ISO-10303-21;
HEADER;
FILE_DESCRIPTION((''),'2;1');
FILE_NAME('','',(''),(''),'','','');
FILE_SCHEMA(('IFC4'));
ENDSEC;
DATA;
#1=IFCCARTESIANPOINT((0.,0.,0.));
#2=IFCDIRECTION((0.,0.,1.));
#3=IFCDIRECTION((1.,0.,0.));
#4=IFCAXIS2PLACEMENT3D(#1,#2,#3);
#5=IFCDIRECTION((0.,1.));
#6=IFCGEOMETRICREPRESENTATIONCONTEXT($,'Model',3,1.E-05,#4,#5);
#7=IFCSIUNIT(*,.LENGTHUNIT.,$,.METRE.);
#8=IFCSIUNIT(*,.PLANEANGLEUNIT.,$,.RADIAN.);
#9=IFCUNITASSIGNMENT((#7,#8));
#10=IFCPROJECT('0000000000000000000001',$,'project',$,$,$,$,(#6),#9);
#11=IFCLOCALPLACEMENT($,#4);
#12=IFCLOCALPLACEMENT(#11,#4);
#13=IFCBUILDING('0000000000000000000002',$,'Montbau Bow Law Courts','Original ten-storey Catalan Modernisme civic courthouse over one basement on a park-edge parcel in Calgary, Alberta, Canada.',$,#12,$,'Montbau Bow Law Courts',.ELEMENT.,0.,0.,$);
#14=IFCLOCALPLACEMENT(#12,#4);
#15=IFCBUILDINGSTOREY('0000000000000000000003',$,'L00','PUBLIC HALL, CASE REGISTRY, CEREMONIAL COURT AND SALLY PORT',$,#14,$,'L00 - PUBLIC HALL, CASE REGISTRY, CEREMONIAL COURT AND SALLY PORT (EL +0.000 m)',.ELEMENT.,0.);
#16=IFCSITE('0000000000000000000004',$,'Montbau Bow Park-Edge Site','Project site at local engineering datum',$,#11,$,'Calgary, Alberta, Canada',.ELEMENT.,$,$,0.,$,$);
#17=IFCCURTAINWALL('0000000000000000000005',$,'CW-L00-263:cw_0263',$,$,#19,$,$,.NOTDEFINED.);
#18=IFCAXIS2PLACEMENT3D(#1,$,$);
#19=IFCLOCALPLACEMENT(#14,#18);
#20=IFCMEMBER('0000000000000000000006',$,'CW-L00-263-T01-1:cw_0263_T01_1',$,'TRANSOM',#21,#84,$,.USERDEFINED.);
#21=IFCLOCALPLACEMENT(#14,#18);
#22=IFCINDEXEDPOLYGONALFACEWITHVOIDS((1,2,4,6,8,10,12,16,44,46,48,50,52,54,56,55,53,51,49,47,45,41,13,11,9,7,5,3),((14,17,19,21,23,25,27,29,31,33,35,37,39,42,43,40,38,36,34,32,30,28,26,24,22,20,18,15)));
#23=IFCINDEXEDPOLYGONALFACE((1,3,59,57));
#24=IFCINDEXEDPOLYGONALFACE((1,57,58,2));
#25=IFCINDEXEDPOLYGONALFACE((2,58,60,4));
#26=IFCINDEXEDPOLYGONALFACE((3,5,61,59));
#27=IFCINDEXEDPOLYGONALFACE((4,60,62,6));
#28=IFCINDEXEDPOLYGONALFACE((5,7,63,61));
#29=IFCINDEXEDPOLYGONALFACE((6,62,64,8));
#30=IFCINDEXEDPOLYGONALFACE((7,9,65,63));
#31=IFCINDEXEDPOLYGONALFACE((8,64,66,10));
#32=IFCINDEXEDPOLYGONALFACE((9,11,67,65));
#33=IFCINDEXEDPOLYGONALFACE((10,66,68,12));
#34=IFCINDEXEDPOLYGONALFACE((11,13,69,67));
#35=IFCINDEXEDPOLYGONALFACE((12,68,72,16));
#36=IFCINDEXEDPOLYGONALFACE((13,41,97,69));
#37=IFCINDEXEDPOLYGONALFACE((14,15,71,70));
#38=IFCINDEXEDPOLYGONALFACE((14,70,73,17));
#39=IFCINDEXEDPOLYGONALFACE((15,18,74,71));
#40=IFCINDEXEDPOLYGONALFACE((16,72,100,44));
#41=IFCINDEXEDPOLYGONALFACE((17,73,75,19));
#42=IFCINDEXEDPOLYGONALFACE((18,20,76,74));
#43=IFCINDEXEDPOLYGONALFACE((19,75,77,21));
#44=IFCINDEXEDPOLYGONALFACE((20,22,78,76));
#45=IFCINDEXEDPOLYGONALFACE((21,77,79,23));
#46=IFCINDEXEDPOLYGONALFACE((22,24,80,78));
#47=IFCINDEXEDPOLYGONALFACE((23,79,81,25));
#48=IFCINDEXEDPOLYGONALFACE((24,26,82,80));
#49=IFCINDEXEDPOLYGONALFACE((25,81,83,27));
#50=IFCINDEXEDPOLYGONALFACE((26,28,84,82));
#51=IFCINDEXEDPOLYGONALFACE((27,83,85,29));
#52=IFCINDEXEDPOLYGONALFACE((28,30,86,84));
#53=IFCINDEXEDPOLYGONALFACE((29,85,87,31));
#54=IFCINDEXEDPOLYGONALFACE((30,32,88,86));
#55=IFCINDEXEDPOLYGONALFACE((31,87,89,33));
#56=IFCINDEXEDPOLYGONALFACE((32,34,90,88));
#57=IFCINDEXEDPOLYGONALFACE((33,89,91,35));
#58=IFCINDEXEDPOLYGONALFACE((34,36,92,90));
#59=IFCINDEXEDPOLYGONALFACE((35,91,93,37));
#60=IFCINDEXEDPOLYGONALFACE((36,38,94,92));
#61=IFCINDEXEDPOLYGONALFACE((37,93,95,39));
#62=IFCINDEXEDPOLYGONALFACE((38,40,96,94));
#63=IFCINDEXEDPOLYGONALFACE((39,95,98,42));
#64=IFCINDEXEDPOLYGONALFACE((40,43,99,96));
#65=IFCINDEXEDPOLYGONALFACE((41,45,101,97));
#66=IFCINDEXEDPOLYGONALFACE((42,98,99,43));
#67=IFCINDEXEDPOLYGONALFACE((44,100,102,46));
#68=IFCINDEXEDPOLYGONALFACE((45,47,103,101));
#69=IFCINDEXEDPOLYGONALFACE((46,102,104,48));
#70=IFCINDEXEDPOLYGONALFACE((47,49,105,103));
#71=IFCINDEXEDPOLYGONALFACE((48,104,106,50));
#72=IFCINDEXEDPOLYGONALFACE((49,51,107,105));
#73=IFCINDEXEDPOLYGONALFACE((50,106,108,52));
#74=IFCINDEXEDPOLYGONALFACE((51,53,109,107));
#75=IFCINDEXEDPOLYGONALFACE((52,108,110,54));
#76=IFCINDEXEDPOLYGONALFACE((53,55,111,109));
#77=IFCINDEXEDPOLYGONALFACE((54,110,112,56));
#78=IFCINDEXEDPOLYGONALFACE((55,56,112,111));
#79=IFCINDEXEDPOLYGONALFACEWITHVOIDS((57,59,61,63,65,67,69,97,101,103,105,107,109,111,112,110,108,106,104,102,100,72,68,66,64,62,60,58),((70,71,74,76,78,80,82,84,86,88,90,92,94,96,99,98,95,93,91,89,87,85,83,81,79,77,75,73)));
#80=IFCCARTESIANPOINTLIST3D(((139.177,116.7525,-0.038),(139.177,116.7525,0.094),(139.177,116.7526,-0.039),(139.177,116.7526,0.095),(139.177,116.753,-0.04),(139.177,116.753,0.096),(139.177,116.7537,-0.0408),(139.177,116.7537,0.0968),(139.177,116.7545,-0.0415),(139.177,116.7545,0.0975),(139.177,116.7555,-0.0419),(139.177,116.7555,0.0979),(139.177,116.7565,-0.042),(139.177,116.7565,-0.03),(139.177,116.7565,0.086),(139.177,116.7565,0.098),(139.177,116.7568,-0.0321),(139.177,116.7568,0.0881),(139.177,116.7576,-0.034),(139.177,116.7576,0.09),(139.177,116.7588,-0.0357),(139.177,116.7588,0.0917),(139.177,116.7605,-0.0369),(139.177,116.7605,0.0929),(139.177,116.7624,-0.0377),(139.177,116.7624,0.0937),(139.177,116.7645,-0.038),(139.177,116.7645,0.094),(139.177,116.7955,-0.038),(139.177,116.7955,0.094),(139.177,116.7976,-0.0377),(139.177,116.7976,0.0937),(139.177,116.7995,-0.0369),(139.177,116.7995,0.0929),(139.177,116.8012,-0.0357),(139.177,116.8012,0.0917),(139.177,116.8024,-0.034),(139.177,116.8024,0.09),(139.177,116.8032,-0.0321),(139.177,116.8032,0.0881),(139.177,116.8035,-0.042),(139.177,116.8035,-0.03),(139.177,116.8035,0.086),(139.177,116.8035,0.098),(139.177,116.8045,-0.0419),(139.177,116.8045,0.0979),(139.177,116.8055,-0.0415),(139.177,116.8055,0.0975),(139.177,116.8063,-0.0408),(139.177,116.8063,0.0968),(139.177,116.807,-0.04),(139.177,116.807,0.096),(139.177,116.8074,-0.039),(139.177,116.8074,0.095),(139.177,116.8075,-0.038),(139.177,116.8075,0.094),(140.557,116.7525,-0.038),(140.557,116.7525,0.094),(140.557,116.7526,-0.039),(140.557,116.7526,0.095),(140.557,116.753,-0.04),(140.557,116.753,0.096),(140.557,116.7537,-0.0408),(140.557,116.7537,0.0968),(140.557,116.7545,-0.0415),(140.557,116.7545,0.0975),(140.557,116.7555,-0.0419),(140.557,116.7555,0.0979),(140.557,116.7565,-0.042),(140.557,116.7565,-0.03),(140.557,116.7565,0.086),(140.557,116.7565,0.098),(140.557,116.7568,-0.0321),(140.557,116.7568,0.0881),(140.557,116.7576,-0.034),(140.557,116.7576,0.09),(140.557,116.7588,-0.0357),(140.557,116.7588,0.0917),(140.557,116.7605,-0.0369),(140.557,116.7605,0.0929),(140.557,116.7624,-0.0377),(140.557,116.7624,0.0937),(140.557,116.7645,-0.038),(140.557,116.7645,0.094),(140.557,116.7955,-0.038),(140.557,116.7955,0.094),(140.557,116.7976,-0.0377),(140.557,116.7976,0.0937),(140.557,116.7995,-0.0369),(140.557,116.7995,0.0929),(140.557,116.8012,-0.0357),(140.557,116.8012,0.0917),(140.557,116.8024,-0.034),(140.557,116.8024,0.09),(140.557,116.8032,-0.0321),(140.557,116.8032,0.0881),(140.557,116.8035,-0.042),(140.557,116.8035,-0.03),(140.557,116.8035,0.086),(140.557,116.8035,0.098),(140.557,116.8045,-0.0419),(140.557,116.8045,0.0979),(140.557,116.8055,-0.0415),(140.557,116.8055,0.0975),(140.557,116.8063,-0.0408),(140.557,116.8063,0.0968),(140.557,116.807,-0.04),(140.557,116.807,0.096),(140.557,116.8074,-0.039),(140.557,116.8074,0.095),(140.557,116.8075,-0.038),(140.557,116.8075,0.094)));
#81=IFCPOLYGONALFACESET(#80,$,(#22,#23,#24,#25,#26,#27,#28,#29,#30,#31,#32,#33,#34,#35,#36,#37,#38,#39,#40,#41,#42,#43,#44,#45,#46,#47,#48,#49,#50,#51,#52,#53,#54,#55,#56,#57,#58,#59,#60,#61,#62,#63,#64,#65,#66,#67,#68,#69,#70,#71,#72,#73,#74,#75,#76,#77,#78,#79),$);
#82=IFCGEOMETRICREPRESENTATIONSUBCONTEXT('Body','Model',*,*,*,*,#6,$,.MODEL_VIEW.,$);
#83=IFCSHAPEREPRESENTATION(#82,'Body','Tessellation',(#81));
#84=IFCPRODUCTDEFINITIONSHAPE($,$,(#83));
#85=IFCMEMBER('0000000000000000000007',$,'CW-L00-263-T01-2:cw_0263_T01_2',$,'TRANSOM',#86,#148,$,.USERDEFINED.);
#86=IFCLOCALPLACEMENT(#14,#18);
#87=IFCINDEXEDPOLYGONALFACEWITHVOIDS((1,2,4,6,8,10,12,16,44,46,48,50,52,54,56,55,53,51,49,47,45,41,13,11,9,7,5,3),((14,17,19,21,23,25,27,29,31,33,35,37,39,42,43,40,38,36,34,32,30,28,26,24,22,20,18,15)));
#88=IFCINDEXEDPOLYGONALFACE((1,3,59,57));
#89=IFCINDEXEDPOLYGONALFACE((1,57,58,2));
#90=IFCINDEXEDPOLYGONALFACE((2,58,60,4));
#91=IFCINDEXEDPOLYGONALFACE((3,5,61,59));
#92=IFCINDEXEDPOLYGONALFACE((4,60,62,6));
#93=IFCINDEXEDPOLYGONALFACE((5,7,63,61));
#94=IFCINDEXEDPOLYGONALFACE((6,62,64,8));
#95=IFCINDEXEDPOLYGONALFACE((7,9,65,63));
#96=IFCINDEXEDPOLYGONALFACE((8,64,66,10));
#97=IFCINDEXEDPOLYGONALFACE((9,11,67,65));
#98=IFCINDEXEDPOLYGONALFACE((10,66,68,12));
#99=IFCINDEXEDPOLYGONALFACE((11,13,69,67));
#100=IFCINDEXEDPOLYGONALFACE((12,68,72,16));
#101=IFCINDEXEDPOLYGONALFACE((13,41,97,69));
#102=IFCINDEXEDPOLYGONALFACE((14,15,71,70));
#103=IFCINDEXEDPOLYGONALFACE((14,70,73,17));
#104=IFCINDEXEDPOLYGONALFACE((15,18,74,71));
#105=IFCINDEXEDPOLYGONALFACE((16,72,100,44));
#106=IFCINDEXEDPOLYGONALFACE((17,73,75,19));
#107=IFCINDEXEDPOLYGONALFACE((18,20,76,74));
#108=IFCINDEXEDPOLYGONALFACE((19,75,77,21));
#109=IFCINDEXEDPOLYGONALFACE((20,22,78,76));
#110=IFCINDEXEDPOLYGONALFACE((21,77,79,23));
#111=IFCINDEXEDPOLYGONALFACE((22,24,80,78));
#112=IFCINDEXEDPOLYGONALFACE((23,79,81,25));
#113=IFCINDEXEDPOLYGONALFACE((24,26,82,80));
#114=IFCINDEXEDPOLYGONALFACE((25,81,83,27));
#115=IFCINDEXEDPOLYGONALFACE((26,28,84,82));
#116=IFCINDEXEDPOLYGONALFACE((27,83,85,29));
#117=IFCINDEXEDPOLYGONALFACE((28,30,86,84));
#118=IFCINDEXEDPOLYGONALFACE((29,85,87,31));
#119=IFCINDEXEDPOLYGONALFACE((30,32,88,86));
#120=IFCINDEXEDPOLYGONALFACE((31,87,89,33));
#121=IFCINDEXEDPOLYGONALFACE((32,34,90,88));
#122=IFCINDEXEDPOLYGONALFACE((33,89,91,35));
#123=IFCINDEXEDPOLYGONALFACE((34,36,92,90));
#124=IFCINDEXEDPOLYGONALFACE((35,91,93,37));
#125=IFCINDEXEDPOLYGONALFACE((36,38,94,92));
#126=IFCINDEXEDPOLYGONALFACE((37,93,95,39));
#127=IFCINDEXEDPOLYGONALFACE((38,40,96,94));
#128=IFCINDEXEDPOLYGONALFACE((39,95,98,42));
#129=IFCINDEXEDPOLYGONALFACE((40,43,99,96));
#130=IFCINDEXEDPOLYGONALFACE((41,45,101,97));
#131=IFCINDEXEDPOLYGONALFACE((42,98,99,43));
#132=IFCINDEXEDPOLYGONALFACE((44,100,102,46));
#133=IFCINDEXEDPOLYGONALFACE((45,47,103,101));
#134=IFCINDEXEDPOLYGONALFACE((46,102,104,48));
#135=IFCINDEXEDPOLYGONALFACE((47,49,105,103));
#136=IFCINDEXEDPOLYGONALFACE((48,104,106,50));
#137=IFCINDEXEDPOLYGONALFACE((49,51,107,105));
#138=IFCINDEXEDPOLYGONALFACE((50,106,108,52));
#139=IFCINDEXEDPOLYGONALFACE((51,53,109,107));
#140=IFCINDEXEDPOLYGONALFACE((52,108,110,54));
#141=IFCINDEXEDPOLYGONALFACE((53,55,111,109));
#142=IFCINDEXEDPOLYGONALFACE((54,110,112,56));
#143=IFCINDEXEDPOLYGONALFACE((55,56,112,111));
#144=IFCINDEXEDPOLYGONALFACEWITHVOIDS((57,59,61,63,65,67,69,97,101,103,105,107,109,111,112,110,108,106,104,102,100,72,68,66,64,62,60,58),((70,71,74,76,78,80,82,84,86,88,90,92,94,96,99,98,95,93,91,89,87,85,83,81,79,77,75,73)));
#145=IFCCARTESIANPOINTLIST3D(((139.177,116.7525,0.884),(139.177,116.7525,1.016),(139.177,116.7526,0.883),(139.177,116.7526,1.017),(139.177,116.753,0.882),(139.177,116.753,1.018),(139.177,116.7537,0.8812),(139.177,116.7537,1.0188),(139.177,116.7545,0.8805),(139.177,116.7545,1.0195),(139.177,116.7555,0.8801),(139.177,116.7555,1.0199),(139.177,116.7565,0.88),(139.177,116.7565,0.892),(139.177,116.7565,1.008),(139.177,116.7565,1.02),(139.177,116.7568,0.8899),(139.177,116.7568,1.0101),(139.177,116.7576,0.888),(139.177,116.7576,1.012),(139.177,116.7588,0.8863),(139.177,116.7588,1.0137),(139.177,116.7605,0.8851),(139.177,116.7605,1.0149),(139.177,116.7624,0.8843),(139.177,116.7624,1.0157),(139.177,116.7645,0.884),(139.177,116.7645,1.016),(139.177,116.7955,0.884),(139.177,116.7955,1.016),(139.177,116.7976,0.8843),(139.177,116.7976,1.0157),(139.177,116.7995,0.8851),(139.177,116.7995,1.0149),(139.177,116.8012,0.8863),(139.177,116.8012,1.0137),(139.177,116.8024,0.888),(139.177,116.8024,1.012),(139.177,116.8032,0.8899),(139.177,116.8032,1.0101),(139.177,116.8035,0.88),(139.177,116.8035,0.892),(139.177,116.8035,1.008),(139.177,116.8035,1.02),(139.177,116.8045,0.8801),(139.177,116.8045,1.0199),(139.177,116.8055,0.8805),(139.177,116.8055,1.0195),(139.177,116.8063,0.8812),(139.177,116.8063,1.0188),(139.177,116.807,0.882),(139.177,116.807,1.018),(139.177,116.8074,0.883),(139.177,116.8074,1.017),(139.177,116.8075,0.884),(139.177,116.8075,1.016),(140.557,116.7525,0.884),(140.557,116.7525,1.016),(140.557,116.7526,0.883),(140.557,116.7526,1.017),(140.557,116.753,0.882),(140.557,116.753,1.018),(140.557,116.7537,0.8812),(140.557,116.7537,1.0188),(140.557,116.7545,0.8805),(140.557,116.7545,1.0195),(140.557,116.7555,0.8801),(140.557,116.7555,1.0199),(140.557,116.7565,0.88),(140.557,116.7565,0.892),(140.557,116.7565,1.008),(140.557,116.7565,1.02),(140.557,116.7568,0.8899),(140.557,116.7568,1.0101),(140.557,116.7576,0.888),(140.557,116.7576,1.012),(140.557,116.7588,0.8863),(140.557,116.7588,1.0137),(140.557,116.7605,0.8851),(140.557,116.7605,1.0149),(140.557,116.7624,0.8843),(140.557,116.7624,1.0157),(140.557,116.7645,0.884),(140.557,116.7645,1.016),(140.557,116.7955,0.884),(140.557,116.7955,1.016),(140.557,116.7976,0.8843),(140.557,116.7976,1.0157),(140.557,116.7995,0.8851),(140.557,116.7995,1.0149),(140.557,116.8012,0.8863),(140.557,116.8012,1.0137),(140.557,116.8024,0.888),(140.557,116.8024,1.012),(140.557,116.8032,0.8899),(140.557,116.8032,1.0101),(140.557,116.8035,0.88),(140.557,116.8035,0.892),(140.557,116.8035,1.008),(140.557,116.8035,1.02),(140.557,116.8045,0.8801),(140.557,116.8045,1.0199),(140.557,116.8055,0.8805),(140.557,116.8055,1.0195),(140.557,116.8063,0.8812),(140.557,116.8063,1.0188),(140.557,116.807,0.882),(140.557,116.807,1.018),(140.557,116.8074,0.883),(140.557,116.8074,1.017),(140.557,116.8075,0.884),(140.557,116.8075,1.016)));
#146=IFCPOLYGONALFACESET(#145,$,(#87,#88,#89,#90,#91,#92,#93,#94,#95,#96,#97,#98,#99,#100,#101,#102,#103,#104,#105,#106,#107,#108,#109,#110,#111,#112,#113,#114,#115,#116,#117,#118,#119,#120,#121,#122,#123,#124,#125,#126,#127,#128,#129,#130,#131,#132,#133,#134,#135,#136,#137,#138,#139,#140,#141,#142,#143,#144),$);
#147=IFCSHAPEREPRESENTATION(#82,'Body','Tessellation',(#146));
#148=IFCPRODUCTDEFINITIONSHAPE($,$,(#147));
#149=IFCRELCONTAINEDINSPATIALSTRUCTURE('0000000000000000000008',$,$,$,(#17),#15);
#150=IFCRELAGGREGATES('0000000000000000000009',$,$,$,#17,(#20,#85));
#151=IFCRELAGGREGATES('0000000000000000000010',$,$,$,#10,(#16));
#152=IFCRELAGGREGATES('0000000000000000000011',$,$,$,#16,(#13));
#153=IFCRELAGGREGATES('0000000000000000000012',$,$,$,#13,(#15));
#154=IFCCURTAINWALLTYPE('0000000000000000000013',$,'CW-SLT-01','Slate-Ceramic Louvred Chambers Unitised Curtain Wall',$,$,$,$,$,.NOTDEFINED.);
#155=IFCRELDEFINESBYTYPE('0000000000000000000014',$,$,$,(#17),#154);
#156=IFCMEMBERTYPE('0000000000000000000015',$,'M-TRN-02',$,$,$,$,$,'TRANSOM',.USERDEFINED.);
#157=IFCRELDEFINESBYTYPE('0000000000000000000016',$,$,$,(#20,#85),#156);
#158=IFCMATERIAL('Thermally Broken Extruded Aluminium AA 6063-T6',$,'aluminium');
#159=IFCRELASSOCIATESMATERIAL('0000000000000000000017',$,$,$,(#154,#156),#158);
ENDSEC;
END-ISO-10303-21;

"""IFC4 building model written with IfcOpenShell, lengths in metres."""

from ifc_helpers import new_model, si_unit, direction, frame, origin_with_axes, origin_2d_with_axis, place, context, subcontext, project, spatial, hollow_rectangle, extrude, material, material_profile, profile_set, type_object, element, aggregate, save


model = new_model("IFC4")

# Units and contexts
model_context = context("Model", 3, precision=1e-05, world=origin_with_axes(), true_north=direction((0.0, 1.0)))
body_context = subcontext(model_context, "Body", "Model", "MODEL_VIEW")
ifc_project = project(units=[si_unit("LENGTHUNIT", "METRE"), si_unit("PLANEANGLEUNIT", "RADIAN")], contexts=[model_context])

# Site, building, storey
site_placement = place(None, origin_with_axes())
site = spatial("IfcSite", under=ifc_project, at=site_placement, Name="Montbau Bow Park-Edge Site", Description="Project site at local engineering datum", LongName="Calgary, Alberta, Canada", CompositionType="ELEMENT", RefElevation=0.0)
building_placement = place(site_placement, origin_with_axes())
building = spatial("IfcBuilding", under=site, at=building_placement, Name="Montbau Bow Law Courts", Description="Original ten-storey Catalan Modernisme civic courthouse over one basement on a park-edge parcel in Calgary, Alberta, Canada.", LongName="Montbau Bow Law Courts", CompositionType="ELEMENT", ElevationOfRefHeight=0.0, ElevationOfTerrain=0.0)
storey_placement = place(building_placement, origin_with_axes())
storey = spatial("IfcBuildingStorey", under=building, at=storey_placement, Name="L00", Description="PUBLIC HALL, CASE REGISTRY, CEREMONIAL COURT AND SALLY PORT", LongName="L00 - PUBLIC HALL, CASE REGISTRY, CEREMONIAL COURT AND SALLY PORT (EL +0.000 m)", CompositionType="ELEMENT", Elevation=0.0)

# Shared definitions
ifc_material_1 = material(Name="Thermally Broken Extruded Aluminium AA 6063-T6", Category="aluminium")
curtain_wall_type = type_object("IfcCurtainWallType", Name="CW-SLT-01", Description="Slate-Ceramic Louvred Chambers Unitised Curtain Wall", PredefinedType="NOTDEFINED", material=ifc_material_1)

# Curtain wall, members
curtain_wall_1_placement = place(None, frame((139.115, 116.78, 0.0), z_axis=(0.0, 0.0, 1.0), x_axis=(1.0, 0.0, 0.0)))
curtain_wall_1 = element("IfcCurtainWall", 1, at=curtain_wall_1_placement, inside=storey, type_object=curtain_wall_type, Name="CW-L00-263:cw_0263", PredefinedType="NOTDEFINED")
ifc_material_profile_1 = material_profile(ifc_material_1, hollow_rectangle(XDim=0.055, YDim=0.14, WallThickness=0.004, InnerFilletRadius=0.008, OuterFilletRadius=0.004, at=origin_2d_with_axis()), Name="CWT-140X55", Category="Main", Priority=0)
ifc_profile_set_1 = profile_set([ifc_material_profile_1], Name="Thermally Broken Extruded Aluminium AA 6063-T6")
member_type_1 = type_object("IfcMemberType", Name="M-TRN-02", ElementType="TRANSOM", PredefinedType="USERDEFINED", material=ifc_profile_set_1)
member_1_placement = place(None, frame((139.177, 116.78, 0.028), z_axis=(1.0, 0.0, 0.0), x_axis=(0.0, 1.0, 0.0)))
member_1 = element("IfcMember", 2, at=member_1_placement, type_object=member_type_1, Name="CW-L00-263-T01-1:cw_0263_T01_1", ObjectType="TRANSOM", PredefinedType="USERDEFINED", context=body_context, shape_type="SweptSolid", body=[
    extrude(hollow_rectangle(XDim=0.055, YDim=0.14, WallThickness=0.004, InnerFilletRadius=0.008, OuterFilletRadius=0.004, at=origin_2d_with_axis()), origin_with_axes(), (0.0, 0.0, 1.0), 1.38),
])
member_2_placement = place(None, frame((139.177, 116.78, 0.95), z_axis=(1.0, 0.0, 0.0), x_axis=(0.0, 1.0, 0.0)))
member_2 = element("IfcMember", 3, at=member_2_placement, type_object=member_type_1, Name="CW-L00-263-T01-2:cw_0263_T01_2", ObjectType="TRANSOM", PredefinedType="USERDEFINED", context=body_context, shape_type="SweptSolid", body=[
    extrude(hollow_rectangle(XDim=0.055, YDim=0.14, WallThickness=0.004, InnerFilletRadius=0.008, OuterFilletRadius=0.004, at=origin_2d_with_axis()), origin_with_axes(), (0.0, 0.0, 1.0), 1.38),
])
aggregate(curtain_wall_1, [member_1, member_2])

save(model, "model.ifc")
